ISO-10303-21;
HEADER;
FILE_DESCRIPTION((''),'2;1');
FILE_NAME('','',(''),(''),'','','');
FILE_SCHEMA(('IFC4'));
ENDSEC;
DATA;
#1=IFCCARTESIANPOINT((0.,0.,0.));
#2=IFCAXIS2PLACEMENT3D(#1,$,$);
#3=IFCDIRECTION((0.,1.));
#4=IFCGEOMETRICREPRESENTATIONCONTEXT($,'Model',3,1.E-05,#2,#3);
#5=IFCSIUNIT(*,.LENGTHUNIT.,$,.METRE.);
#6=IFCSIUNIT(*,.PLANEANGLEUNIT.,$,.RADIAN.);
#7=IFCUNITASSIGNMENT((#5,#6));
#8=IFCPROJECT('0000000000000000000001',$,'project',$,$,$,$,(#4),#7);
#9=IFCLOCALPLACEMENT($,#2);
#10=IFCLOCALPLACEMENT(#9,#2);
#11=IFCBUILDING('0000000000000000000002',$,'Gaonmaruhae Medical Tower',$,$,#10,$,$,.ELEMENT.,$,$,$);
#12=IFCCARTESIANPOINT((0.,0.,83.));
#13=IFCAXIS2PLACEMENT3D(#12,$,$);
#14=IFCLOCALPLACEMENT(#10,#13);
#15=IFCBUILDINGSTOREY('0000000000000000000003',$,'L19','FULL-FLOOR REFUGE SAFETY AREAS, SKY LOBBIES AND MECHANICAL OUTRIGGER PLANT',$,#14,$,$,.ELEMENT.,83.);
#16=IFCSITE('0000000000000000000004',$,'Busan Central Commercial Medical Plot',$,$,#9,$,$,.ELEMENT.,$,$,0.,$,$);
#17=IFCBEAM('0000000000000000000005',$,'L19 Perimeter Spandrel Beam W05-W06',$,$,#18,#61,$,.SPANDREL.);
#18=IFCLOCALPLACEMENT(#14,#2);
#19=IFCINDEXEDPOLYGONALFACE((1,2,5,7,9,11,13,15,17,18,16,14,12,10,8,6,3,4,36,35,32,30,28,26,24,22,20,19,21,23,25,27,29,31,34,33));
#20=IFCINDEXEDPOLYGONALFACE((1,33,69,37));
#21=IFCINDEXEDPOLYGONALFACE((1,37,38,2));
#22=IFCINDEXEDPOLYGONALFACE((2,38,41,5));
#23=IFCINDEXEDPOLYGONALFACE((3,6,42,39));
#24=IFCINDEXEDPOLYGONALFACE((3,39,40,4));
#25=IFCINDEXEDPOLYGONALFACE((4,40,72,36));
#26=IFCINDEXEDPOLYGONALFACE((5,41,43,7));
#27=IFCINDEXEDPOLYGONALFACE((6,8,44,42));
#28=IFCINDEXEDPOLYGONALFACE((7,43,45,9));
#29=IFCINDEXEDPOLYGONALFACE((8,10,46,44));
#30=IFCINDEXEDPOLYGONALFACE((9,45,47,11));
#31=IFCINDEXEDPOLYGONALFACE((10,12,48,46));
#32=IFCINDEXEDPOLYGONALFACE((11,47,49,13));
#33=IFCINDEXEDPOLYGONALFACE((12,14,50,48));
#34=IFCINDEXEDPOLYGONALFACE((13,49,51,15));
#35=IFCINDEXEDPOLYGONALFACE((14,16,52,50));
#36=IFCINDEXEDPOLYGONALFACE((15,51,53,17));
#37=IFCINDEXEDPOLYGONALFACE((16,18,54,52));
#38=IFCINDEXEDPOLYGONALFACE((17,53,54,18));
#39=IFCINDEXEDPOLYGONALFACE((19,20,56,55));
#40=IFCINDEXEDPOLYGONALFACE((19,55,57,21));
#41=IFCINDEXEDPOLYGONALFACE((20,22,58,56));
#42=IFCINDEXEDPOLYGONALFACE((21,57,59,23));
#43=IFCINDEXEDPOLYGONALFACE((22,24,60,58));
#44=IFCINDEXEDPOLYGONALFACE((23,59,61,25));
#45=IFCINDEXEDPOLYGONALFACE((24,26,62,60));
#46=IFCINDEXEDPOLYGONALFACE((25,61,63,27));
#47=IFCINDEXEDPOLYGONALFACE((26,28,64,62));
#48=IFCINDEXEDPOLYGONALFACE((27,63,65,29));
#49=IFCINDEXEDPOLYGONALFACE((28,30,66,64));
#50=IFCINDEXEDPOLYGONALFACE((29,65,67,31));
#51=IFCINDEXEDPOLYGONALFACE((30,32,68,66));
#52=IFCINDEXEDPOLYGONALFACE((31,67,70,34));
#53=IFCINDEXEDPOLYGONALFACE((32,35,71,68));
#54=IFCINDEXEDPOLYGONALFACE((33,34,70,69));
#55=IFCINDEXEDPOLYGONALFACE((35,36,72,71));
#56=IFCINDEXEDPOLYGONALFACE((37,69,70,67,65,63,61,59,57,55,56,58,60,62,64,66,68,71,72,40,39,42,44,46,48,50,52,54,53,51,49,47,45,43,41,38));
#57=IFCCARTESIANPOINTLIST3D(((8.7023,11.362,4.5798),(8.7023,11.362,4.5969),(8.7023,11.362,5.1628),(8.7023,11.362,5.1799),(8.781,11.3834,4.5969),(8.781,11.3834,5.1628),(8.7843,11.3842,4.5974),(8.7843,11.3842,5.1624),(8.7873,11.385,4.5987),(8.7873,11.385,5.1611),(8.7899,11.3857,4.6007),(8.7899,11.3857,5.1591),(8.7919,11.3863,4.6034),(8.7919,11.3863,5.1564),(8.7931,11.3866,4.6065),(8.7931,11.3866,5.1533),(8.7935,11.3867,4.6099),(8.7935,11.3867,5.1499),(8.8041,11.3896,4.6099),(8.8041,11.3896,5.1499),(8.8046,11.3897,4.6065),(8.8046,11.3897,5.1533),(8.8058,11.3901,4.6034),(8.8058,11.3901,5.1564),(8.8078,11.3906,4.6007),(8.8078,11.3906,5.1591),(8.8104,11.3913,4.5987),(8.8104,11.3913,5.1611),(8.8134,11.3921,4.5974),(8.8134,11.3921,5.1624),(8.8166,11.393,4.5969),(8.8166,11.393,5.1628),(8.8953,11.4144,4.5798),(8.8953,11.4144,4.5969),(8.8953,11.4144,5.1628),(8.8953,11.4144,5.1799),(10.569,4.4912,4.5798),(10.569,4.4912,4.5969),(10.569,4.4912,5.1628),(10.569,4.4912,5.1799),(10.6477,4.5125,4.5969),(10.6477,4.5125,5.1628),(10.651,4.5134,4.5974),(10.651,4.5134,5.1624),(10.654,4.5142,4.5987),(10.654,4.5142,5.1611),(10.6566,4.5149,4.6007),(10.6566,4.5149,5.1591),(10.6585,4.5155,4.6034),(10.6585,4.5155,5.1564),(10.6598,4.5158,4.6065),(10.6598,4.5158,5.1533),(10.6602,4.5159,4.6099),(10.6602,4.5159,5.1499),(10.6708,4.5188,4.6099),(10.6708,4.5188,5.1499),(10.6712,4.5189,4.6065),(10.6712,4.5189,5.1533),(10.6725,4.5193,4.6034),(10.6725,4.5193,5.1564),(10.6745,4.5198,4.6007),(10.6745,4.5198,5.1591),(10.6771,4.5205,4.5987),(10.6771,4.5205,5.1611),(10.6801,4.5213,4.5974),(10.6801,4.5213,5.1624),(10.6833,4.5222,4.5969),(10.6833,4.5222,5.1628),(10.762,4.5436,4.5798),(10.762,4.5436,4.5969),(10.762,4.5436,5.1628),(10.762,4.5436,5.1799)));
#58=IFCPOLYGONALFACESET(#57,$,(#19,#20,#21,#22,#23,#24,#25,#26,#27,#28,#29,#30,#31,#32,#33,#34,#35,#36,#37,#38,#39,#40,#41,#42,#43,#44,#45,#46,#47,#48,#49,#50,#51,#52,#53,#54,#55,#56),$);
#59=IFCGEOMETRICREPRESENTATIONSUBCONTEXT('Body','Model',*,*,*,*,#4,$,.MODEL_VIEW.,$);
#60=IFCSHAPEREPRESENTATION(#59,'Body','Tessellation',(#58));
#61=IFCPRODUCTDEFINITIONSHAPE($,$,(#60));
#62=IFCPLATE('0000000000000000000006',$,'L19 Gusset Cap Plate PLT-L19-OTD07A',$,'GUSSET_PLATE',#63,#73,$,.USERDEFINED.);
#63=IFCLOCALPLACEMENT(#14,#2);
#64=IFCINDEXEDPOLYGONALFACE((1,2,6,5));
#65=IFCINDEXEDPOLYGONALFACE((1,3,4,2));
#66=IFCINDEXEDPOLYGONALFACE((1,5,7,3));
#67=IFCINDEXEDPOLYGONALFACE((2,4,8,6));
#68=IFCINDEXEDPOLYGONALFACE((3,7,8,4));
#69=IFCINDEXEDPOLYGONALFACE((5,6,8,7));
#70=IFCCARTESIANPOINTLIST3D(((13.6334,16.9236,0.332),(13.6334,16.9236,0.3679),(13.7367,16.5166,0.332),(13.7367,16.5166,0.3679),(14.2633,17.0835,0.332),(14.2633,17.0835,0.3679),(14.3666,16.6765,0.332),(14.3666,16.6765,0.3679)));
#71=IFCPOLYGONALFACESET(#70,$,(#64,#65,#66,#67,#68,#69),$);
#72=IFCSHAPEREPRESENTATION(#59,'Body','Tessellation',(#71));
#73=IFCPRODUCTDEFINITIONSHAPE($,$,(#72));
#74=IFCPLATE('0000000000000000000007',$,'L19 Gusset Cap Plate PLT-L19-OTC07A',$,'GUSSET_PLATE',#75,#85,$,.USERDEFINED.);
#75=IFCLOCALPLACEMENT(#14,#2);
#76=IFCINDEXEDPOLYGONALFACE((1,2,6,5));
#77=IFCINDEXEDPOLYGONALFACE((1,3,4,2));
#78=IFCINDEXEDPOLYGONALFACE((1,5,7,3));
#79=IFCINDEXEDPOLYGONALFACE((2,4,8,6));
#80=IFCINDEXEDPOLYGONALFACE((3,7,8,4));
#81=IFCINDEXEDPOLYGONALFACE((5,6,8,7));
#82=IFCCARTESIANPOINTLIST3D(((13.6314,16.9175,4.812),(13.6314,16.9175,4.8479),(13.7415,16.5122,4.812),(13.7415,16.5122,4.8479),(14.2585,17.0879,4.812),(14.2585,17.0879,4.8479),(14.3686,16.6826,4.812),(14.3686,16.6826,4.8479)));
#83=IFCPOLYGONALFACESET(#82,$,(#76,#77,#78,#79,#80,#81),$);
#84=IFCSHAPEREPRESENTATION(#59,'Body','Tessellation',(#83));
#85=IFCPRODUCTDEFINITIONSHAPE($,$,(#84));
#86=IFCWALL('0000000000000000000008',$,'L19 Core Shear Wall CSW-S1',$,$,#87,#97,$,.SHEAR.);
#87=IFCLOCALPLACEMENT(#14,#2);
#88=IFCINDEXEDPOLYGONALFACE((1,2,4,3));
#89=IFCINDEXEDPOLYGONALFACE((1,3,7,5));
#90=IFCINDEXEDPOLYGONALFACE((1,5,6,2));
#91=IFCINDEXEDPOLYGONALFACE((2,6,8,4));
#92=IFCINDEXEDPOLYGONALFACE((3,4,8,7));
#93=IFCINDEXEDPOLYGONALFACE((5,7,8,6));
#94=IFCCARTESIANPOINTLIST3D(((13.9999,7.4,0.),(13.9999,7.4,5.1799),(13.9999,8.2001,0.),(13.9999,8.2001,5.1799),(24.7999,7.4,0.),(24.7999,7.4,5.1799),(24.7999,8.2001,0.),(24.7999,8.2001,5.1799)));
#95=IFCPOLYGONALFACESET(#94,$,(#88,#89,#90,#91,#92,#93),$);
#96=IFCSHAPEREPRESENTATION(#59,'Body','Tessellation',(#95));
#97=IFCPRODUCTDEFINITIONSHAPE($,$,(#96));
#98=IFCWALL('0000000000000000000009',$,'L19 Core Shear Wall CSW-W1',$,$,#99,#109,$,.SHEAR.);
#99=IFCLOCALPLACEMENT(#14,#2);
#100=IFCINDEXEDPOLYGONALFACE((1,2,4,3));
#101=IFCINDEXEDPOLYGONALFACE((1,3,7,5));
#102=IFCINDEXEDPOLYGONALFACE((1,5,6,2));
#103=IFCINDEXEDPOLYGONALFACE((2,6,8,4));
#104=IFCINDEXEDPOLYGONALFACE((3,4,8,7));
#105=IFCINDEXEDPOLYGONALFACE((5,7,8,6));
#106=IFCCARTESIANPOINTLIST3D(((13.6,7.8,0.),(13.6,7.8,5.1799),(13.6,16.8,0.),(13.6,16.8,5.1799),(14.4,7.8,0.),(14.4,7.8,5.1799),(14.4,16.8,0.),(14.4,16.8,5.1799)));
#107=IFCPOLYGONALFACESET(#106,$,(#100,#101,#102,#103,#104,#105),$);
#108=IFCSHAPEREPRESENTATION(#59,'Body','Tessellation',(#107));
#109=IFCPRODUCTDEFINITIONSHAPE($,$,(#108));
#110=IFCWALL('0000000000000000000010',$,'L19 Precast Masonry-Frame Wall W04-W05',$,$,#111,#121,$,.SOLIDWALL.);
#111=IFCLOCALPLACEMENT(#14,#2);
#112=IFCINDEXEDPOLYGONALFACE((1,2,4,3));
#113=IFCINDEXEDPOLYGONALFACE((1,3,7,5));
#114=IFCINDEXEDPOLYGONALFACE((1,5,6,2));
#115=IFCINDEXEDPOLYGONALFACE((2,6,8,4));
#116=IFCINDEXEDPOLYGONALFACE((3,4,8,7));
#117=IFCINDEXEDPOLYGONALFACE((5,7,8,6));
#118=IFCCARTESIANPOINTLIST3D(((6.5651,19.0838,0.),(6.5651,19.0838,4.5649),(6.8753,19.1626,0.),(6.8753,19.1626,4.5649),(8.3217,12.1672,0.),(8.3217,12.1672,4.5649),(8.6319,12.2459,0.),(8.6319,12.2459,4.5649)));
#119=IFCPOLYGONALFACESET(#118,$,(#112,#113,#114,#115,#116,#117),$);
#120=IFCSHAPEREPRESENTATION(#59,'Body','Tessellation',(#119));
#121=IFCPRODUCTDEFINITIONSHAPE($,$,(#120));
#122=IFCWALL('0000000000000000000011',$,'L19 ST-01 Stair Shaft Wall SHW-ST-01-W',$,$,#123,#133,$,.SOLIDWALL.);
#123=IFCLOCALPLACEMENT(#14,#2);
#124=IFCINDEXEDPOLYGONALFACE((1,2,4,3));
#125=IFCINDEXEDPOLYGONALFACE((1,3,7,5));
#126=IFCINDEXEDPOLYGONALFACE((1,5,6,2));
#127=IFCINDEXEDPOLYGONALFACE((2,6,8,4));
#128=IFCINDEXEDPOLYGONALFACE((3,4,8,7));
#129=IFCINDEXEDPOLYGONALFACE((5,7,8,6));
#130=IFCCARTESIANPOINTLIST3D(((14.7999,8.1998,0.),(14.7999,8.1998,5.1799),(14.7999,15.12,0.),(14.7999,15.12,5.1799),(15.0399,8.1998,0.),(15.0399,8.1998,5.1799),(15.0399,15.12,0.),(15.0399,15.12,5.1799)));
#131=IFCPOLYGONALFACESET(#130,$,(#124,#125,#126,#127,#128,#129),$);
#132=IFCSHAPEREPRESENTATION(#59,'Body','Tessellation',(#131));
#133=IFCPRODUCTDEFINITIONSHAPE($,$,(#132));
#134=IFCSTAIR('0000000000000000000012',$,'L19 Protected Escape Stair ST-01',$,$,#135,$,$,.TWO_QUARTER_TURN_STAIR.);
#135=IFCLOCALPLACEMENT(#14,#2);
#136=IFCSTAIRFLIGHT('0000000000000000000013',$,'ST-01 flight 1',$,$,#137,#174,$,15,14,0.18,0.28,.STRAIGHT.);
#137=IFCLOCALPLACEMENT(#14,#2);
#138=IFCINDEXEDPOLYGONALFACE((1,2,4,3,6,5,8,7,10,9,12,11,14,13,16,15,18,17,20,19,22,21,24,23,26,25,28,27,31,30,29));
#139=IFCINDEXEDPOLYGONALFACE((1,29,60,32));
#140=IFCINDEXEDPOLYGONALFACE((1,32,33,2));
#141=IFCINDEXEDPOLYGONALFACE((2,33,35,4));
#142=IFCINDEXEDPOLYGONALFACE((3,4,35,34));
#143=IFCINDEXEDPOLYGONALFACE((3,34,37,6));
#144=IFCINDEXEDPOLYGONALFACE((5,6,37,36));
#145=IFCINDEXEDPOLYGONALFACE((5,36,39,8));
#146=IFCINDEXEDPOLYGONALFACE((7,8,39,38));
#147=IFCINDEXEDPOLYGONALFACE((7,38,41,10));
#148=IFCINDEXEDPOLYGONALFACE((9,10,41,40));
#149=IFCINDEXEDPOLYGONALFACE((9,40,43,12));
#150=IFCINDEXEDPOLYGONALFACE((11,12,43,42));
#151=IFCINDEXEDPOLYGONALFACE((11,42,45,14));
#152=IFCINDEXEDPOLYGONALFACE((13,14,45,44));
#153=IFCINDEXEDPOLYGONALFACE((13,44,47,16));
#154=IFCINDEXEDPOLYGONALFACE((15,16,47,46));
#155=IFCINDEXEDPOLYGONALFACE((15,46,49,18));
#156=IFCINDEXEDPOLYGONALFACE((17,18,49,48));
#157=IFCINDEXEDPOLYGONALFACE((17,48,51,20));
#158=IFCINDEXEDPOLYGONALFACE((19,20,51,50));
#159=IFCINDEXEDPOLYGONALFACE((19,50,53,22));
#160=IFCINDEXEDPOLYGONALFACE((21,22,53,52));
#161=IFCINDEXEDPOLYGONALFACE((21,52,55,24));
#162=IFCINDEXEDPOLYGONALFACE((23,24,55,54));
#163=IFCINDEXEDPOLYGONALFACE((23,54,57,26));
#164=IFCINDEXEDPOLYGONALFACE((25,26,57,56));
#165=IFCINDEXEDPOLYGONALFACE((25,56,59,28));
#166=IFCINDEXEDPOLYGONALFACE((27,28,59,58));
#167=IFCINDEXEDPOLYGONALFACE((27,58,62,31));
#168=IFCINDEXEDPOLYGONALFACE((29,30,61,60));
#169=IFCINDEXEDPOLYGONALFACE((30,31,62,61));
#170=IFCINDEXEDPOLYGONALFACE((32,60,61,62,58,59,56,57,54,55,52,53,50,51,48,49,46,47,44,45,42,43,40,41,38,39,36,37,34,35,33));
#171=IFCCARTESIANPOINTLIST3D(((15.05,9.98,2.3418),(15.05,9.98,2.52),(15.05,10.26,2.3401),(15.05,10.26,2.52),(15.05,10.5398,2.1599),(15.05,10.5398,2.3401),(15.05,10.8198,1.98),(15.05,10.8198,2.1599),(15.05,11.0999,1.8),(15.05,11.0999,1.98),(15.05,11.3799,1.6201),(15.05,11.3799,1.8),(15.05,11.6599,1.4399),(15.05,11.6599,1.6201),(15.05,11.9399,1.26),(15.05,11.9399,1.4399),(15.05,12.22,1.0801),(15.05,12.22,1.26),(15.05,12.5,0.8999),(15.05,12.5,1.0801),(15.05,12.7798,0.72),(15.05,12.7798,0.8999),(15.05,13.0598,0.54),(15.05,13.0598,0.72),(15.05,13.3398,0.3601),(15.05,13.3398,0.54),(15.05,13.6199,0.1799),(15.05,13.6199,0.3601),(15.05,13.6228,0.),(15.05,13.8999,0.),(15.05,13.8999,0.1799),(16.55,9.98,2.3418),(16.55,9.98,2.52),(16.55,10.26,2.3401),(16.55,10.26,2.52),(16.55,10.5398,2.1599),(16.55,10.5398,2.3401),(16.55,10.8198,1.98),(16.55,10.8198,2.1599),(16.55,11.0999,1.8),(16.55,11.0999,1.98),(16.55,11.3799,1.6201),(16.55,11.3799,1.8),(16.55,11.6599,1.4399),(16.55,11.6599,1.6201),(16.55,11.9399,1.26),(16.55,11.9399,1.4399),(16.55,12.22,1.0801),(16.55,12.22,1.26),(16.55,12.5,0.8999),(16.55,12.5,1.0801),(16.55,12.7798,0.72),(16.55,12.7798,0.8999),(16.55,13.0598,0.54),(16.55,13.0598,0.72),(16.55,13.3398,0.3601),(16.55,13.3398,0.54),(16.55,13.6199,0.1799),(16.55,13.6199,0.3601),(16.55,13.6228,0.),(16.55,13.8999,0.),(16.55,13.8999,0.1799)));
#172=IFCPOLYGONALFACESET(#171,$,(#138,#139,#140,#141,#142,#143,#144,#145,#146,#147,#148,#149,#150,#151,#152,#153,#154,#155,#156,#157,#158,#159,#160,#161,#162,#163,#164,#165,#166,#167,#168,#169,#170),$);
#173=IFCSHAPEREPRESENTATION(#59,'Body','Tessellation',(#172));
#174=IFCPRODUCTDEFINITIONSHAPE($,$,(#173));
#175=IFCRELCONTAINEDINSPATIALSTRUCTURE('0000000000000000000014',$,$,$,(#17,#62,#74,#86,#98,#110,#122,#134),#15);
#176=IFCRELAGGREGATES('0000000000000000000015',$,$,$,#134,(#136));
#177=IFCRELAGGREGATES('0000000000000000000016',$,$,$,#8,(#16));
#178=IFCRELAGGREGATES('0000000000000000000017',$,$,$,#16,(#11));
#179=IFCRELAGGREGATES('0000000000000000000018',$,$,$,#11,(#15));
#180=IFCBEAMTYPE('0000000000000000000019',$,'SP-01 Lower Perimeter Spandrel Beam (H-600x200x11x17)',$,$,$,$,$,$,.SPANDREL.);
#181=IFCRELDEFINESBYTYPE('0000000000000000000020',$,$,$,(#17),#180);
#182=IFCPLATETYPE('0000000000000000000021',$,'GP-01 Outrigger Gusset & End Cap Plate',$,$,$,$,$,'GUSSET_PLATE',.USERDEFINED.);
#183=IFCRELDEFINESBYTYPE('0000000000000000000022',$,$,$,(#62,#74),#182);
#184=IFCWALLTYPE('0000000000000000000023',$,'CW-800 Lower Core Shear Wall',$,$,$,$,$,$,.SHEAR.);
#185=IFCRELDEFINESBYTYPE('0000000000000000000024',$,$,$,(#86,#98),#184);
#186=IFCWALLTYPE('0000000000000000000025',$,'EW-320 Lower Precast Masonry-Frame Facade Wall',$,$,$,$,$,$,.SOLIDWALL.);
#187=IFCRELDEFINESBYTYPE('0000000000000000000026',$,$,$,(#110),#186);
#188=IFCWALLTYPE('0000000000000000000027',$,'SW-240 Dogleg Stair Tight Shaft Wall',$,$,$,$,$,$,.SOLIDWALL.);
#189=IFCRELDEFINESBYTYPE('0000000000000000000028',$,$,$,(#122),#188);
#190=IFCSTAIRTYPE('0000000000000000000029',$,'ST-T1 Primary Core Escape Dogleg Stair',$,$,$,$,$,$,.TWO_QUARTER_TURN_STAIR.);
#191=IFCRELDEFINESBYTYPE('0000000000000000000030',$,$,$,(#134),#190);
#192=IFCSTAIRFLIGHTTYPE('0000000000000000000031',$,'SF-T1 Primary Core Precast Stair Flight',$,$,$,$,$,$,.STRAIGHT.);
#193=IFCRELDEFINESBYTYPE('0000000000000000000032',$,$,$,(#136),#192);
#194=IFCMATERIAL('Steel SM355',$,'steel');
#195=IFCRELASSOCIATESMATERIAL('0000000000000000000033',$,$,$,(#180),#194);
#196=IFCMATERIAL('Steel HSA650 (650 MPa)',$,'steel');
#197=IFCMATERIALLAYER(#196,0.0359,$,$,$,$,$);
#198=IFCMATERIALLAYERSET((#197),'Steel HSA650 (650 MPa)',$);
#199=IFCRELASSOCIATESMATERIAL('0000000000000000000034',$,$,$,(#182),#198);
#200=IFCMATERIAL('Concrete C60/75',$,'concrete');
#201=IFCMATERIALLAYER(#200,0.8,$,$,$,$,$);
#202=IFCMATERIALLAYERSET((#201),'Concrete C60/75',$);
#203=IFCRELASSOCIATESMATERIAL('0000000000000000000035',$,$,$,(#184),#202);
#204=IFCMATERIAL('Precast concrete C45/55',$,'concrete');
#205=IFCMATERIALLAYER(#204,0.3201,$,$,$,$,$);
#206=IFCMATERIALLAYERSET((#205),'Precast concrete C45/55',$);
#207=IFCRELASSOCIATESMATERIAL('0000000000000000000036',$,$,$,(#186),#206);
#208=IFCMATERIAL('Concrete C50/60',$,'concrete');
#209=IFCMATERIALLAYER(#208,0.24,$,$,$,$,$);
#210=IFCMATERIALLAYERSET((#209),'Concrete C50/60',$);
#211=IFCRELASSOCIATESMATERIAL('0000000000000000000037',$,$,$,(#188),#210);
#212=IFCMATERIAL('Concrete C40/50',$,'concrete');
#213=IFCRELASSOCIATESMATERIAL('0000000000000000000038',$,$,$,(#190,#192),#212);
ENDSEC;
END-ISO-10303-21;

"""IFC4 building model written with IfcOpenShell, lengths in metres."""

from ifc_helpers import new_model, si_unit, direction, frame, frame_2d, origin, origin_2d, place, context, subcontext, project, spatial, polyline, rectangle, i_section, outline, extrude, material, layer, layer_set, material_profile, profile_set, type_object, element, aggregate, save


model = new_model("IFC4")

# Units and contexts
model_context = context("Model", 3, precision=1e-05, world=origin(), true_north=direction((0.0, 1.0)))
body_context = subcontext(model_context, "Body", "Model", "MODEL_VIEW")
ifc_project = project(units=[si_unit("LENGTHUNIT", "METRE"), si_unit("PLANEANGLEUNIT", "RADIAN")], contexts=[model_context])

# Site, building, storey
site_placement = place(None, origin())
site = spatial("IfcSite", under=ifc_project, at=site_placement, Name="Busan Central Commercial Medical Plot", CompositionType="ELEMENT", RefElevation=0.0)
building_placement = place(site_placement, origin())
building = spatial("IfcBuilding", under=site, at=building_placement, Name="Gaonmaruhae Medical Tower", CompositionType="ELEMENT")
storey_placement = place(building_placement, frame((0.0, 0.0, 83.0)))
storey = spatial("IfcBuildingStorey", under=building, at=storey_placement, Name="L19", Description="FULL-FLOOR REFUGE SAFETY AREAS, SKY LOBBIES AND MECHANICAL OUTRIGGER PLANT", CompositionType="ELEMENT", Elevation=83.0)

# Shared definitions
ifc_material_1 = material(Name="Concrete C60/75", Category="concrete")
ifc_material_2 = material(Name="Steel HSA650 (650 MPa)", Category="steel")

# Shared definitions
ifc_material_3 = material(Name="Steel SM355", Category="steel")

# Beam
ifc_material_profile_1 = material_profile(ifc_material_3, i_section(OverallWidth=0.2, OverallDepth=0.6001, WebThickness=0.011, FlangeThickness=0.0171, FilletRadius=0.0129, at=origin_2d()), Name="H-600x200x11x17")
ifc_profile_set_1 = profile_set([ifc_material_profile_1], Name="Steel SM355")
beam_type_1 = type_object("IfcBeamType", Name="SP-01 Lower Perimeter Spandrel Beam (H-600x200x11x17)", PredefinedType="SPANDREL", material=ifc_profile_set_1)
beam_1_placement = place(storey_placement, frame((8.7988, 11.3882, 4.8799), z_axis=(0.26218, -0.965019, 0.0), x_axis=(0.965019, 0.26218, 0.0)))
element("IfcBeam", 1, at=beam_1_placement, inside=storey, type_object=beam_type_1, Name="L19 Perimeter Spandrel Beam W05-W06", PredefinedType="SPANDREL", context=body_context, shape_type="SweptSolid", body=[
    extrude(i_section(OverallWidth=0.2, OverallDepth=0.6001, WebThickness=0.011, FlangeThickness=0.0171, FilletRadius=0.0129, at=origin_2d()), origin(), (0.0, 0.0, 1.0), 7.1199),
])

# Plates
ifc_layer_1 = layer(ifc_material_2, 0.0359)
ifc_layer_set_1 = layer_set([ifc_layer_1], Name="Steel HSA650 (650 MPa)")
plate_type = type_object("IfcPlateType", Name="GP-01 Outrigger Gusset & End Cap Plate", ElementType="GUSSET_PLATE", PredefinedType="USERDEFINED", material=ifc_layer_set_1)
for number, where, z_axis, x_axis, name in (
    (2, (14.0, 16.8, 0.332), (0.0, 0.0, 1.0), (0.969231, 0.246153, 0.0), "L19 Gusset Cap Plate PLT-L19-OTD07A"),
    (3, (14.0, 16.8, 4.812), (0.0, 0.0, 1.0), (0.965016, 0.262189, 0.0), "L19 Gusset Cap Plate PLT-L19-OTC07A"),
):
    element("IfcPlate", number, at=place(storey_placement, frame(where, z_axis=z_axis, x_axis=x_axis)), inside=storey, type_object=plate_type, Name=name, ObjectType="GUSSET_PLATE", PredefinedType="USERDEFINED", context=body_context, shape_type="SweptSolid", body=[
        extrude(rectangle(XDim=0.6499, YDim=0.4199, at=origin_2d()), origin(), (0.0, 0.0, 1.0), 0.0359),
    ])

# Walls
ifc_layer_2 = layer(ifc_material_1, 0.8)
ifc_layer_set_2 = layer_set([ifc_layer_2], Name="Concrete C60/75")
wall_type_1 = type_object("IfcWallType", Name="CW-800 Lower Core Shear Wall", PredefinedType="SHEAR", material=ifc_layer_set_2)
wall_1_placement = place(storey_placement, frame((14.0, 7.8, 0.0), z_axis=(0.0, 0.0, 1.0), x_axis=(1.0, 0.0, 0.0)))
element("IfcWall", 4, at=wall_1_placement, inside=storey, type_object=wall_type_1, Name="L19 Core Shear Wall CSW-S1", PredefinedType="SHEAR", context=body_context, shape_type="SweptSolid", body=[
    extrude(rectangle(XDim=10.8, YDim=0.8, at=frame_2d((5.3999, 0.0))), origin(), (0.0, 0.0, 1.0), 5.1799),
])
wall_2_placement = place(storey_placement, frame((14.0, 16.8, 0.0), z_axis=(0.0, 0.0, 1.0), x_axis=(0.0, -1.0, 0.0)))
element("IfcWall", 5, at=wall_2_placement, inside=storey, type_object=wall_type_1, Name="L19 Core Shear Wall CSW-W1", PredefinedType="SHEAR", context=body_context, shape_type="SweptSolid", body=[
    extrude(rectangle(XDim=9.0, YDim=0.8, at=frame_2d((4.5, 0.0))), origin(), (0.0, 0.0, 1.0), 5.1799),
])
ifc_material_4 = material(Name="Precast concrete C45/55", Category="concrete")
ifc_layer_3 = layer(ifc_material_4, 0.3201)
ifc_layer_set_3 = layer_set([ifc_layer_3], Name="Precast concrete C45/55")
wall_type_2 = type_object("IfcWallType", Name="EW-320 Lower Precast Masonry-Frame Facade Wall", PredefinedType="SOLIDWALL", material=ifc_layer_set_3)
wall_3_placement = place(storey_placement, frame((8.4768, 12.2065, 0.0), z_axis=(0.0, 0.0, 1.0), x_axis=(-0.246148, 0.969232, 0.0)))
element("IfcWall", 6, at=wall_3_placement, inside=storey, type_object=wall_type_2, Name="L19 Precast Masonry-Frame Wall W04-W05", PredefinedType="SOLIDWALL", context=body_context, shape_type="SweptSolid", body=[
    extrude(rectangle(XDim=7.1362, YDim=0.3201, at=frame_2d((3.5681, 0.0))), origin(), (0.0, 0.0, 1.0), 4.5649),
])

# Shared definitions
ifc_material_5 = material(Name="Concrete C50/60", Category="concrete")
ifc_layer_4 = layer(ifc_material_5, 0.24)
ifc_layer_set_4 = layer_set([ifc_layer_4], Name="Concrete C50/60")
wall_type_3 = type_object("IfcWallType", Name="SW-240 Dogleg Stair Tight Shaft Wall", PredefinedType="SOLIDWALL", material=ifc_layer_set_4)

# Wall
wall_4_placement = place(storey_placement, frame((14.9199, 8.2, 0.0), z_axis=(0.0, 0.0, 1.0), x_axis=(0.0, 1.0, 0.0)))
element("IfcWall", 7, at=wall_4_placement, inside=storey, type_object=wall_type_3, Name="L19 ST-01 Stair Shaft Wall SHW-ST-01-W", PredefinedType="SOLIDWALL", context=body_context, shape_type="SweptSolid", body=[
    extrude(rectangle(XDim=6.9202, YDim=0.24, at=frame_2d((3.46, 0.0))), origin(), (0.0, 0.0, 1.0), 5.1799),
])

# Stair, stair flight
ifc_material_6 = material(Name="Concrete C40/50", Category="concrete")
stair_type = type_object("IfcStairType", Name="ST-T1 Primary Core Escape Dogleg Stair", PredefinedType="TWO_QUARTER_TURN_STAIR", material=ifc_material_6)
stair_placement = place(storey_placement, origin())
stair = element("IfcStair", 8, at=stair_placement, inside=storey, type_object=stair_type, Name="L19 Protected Escape Stair ST-01", PredefinedType="TWO_QUARTER_TURN_STAIR")
stair_flight_type = type_object("IfcStairFlightType", Name="SF-T1 Primary Core Precast Stair Flight", PredefinedType="STRAIGHT", material=ifc_material_6)
stair_flight_placement = place(storey_placement, frame((15.8, 13.8999, 0.0), z_axis=(0.0, 0.0, 1.0), x_axis=(0.0, -1.0, 0.0)))
stair_flight = element("IfcStairFlight", 9, at=stair_flight_placement, type_object=stair_flight_type, Name="ST-01 flight 1", NumberOfRisers=15, NumberOfTreads=14, PredefinedType="STRAIGHT", RiserHeight=0.18, TreadLength=0.28, context=body_context, shape_type="SweptSolid", body=[
    extrude(outline(polyline([(0.0, 0.0), (0.0, 0.1799), (0.28, 0.1799), (0.28, 0.3601), (0.5601, 0.3601), (0.5601, 0.54), (0.8401, 0.54), (0.8401, 0.72), (1.1201, 0.72), (1.1201, 0.8999), (1.3999, 0.8999), (1.3999, 1.0801), (1.6799, 1.0801), (1.6799, 1.26), (1.96, 1.26), (1.96, 1.4399), (2.24, 1.4399), (2.24, 1.6201), (2.52, 1.6201), (2.52, 1.8), (2.8, 1.8), (2.8, 1.98), (3.0801, 1.98), (3.0801, 2.1599), (3.3601, 2.1599), (3.3601, 2.3401), (3.6399, 2.3401), (3.6399, 2.52), (3.9199, 2.52), (3.9199, 2.7), (3.9199, 2.3418), (0.2771, 0.0), (0.0, 0.0)])), frame((0.0, 0.75, 0.0), z_axis=(0.0, -1.0, 0.0), x_axis=(1.0, 0.0, 0.0)), (0.0, 0.0, 1.0), 1.5),
])
aggregate(stair, [stair_flight])

save(model, "model.ifc")
